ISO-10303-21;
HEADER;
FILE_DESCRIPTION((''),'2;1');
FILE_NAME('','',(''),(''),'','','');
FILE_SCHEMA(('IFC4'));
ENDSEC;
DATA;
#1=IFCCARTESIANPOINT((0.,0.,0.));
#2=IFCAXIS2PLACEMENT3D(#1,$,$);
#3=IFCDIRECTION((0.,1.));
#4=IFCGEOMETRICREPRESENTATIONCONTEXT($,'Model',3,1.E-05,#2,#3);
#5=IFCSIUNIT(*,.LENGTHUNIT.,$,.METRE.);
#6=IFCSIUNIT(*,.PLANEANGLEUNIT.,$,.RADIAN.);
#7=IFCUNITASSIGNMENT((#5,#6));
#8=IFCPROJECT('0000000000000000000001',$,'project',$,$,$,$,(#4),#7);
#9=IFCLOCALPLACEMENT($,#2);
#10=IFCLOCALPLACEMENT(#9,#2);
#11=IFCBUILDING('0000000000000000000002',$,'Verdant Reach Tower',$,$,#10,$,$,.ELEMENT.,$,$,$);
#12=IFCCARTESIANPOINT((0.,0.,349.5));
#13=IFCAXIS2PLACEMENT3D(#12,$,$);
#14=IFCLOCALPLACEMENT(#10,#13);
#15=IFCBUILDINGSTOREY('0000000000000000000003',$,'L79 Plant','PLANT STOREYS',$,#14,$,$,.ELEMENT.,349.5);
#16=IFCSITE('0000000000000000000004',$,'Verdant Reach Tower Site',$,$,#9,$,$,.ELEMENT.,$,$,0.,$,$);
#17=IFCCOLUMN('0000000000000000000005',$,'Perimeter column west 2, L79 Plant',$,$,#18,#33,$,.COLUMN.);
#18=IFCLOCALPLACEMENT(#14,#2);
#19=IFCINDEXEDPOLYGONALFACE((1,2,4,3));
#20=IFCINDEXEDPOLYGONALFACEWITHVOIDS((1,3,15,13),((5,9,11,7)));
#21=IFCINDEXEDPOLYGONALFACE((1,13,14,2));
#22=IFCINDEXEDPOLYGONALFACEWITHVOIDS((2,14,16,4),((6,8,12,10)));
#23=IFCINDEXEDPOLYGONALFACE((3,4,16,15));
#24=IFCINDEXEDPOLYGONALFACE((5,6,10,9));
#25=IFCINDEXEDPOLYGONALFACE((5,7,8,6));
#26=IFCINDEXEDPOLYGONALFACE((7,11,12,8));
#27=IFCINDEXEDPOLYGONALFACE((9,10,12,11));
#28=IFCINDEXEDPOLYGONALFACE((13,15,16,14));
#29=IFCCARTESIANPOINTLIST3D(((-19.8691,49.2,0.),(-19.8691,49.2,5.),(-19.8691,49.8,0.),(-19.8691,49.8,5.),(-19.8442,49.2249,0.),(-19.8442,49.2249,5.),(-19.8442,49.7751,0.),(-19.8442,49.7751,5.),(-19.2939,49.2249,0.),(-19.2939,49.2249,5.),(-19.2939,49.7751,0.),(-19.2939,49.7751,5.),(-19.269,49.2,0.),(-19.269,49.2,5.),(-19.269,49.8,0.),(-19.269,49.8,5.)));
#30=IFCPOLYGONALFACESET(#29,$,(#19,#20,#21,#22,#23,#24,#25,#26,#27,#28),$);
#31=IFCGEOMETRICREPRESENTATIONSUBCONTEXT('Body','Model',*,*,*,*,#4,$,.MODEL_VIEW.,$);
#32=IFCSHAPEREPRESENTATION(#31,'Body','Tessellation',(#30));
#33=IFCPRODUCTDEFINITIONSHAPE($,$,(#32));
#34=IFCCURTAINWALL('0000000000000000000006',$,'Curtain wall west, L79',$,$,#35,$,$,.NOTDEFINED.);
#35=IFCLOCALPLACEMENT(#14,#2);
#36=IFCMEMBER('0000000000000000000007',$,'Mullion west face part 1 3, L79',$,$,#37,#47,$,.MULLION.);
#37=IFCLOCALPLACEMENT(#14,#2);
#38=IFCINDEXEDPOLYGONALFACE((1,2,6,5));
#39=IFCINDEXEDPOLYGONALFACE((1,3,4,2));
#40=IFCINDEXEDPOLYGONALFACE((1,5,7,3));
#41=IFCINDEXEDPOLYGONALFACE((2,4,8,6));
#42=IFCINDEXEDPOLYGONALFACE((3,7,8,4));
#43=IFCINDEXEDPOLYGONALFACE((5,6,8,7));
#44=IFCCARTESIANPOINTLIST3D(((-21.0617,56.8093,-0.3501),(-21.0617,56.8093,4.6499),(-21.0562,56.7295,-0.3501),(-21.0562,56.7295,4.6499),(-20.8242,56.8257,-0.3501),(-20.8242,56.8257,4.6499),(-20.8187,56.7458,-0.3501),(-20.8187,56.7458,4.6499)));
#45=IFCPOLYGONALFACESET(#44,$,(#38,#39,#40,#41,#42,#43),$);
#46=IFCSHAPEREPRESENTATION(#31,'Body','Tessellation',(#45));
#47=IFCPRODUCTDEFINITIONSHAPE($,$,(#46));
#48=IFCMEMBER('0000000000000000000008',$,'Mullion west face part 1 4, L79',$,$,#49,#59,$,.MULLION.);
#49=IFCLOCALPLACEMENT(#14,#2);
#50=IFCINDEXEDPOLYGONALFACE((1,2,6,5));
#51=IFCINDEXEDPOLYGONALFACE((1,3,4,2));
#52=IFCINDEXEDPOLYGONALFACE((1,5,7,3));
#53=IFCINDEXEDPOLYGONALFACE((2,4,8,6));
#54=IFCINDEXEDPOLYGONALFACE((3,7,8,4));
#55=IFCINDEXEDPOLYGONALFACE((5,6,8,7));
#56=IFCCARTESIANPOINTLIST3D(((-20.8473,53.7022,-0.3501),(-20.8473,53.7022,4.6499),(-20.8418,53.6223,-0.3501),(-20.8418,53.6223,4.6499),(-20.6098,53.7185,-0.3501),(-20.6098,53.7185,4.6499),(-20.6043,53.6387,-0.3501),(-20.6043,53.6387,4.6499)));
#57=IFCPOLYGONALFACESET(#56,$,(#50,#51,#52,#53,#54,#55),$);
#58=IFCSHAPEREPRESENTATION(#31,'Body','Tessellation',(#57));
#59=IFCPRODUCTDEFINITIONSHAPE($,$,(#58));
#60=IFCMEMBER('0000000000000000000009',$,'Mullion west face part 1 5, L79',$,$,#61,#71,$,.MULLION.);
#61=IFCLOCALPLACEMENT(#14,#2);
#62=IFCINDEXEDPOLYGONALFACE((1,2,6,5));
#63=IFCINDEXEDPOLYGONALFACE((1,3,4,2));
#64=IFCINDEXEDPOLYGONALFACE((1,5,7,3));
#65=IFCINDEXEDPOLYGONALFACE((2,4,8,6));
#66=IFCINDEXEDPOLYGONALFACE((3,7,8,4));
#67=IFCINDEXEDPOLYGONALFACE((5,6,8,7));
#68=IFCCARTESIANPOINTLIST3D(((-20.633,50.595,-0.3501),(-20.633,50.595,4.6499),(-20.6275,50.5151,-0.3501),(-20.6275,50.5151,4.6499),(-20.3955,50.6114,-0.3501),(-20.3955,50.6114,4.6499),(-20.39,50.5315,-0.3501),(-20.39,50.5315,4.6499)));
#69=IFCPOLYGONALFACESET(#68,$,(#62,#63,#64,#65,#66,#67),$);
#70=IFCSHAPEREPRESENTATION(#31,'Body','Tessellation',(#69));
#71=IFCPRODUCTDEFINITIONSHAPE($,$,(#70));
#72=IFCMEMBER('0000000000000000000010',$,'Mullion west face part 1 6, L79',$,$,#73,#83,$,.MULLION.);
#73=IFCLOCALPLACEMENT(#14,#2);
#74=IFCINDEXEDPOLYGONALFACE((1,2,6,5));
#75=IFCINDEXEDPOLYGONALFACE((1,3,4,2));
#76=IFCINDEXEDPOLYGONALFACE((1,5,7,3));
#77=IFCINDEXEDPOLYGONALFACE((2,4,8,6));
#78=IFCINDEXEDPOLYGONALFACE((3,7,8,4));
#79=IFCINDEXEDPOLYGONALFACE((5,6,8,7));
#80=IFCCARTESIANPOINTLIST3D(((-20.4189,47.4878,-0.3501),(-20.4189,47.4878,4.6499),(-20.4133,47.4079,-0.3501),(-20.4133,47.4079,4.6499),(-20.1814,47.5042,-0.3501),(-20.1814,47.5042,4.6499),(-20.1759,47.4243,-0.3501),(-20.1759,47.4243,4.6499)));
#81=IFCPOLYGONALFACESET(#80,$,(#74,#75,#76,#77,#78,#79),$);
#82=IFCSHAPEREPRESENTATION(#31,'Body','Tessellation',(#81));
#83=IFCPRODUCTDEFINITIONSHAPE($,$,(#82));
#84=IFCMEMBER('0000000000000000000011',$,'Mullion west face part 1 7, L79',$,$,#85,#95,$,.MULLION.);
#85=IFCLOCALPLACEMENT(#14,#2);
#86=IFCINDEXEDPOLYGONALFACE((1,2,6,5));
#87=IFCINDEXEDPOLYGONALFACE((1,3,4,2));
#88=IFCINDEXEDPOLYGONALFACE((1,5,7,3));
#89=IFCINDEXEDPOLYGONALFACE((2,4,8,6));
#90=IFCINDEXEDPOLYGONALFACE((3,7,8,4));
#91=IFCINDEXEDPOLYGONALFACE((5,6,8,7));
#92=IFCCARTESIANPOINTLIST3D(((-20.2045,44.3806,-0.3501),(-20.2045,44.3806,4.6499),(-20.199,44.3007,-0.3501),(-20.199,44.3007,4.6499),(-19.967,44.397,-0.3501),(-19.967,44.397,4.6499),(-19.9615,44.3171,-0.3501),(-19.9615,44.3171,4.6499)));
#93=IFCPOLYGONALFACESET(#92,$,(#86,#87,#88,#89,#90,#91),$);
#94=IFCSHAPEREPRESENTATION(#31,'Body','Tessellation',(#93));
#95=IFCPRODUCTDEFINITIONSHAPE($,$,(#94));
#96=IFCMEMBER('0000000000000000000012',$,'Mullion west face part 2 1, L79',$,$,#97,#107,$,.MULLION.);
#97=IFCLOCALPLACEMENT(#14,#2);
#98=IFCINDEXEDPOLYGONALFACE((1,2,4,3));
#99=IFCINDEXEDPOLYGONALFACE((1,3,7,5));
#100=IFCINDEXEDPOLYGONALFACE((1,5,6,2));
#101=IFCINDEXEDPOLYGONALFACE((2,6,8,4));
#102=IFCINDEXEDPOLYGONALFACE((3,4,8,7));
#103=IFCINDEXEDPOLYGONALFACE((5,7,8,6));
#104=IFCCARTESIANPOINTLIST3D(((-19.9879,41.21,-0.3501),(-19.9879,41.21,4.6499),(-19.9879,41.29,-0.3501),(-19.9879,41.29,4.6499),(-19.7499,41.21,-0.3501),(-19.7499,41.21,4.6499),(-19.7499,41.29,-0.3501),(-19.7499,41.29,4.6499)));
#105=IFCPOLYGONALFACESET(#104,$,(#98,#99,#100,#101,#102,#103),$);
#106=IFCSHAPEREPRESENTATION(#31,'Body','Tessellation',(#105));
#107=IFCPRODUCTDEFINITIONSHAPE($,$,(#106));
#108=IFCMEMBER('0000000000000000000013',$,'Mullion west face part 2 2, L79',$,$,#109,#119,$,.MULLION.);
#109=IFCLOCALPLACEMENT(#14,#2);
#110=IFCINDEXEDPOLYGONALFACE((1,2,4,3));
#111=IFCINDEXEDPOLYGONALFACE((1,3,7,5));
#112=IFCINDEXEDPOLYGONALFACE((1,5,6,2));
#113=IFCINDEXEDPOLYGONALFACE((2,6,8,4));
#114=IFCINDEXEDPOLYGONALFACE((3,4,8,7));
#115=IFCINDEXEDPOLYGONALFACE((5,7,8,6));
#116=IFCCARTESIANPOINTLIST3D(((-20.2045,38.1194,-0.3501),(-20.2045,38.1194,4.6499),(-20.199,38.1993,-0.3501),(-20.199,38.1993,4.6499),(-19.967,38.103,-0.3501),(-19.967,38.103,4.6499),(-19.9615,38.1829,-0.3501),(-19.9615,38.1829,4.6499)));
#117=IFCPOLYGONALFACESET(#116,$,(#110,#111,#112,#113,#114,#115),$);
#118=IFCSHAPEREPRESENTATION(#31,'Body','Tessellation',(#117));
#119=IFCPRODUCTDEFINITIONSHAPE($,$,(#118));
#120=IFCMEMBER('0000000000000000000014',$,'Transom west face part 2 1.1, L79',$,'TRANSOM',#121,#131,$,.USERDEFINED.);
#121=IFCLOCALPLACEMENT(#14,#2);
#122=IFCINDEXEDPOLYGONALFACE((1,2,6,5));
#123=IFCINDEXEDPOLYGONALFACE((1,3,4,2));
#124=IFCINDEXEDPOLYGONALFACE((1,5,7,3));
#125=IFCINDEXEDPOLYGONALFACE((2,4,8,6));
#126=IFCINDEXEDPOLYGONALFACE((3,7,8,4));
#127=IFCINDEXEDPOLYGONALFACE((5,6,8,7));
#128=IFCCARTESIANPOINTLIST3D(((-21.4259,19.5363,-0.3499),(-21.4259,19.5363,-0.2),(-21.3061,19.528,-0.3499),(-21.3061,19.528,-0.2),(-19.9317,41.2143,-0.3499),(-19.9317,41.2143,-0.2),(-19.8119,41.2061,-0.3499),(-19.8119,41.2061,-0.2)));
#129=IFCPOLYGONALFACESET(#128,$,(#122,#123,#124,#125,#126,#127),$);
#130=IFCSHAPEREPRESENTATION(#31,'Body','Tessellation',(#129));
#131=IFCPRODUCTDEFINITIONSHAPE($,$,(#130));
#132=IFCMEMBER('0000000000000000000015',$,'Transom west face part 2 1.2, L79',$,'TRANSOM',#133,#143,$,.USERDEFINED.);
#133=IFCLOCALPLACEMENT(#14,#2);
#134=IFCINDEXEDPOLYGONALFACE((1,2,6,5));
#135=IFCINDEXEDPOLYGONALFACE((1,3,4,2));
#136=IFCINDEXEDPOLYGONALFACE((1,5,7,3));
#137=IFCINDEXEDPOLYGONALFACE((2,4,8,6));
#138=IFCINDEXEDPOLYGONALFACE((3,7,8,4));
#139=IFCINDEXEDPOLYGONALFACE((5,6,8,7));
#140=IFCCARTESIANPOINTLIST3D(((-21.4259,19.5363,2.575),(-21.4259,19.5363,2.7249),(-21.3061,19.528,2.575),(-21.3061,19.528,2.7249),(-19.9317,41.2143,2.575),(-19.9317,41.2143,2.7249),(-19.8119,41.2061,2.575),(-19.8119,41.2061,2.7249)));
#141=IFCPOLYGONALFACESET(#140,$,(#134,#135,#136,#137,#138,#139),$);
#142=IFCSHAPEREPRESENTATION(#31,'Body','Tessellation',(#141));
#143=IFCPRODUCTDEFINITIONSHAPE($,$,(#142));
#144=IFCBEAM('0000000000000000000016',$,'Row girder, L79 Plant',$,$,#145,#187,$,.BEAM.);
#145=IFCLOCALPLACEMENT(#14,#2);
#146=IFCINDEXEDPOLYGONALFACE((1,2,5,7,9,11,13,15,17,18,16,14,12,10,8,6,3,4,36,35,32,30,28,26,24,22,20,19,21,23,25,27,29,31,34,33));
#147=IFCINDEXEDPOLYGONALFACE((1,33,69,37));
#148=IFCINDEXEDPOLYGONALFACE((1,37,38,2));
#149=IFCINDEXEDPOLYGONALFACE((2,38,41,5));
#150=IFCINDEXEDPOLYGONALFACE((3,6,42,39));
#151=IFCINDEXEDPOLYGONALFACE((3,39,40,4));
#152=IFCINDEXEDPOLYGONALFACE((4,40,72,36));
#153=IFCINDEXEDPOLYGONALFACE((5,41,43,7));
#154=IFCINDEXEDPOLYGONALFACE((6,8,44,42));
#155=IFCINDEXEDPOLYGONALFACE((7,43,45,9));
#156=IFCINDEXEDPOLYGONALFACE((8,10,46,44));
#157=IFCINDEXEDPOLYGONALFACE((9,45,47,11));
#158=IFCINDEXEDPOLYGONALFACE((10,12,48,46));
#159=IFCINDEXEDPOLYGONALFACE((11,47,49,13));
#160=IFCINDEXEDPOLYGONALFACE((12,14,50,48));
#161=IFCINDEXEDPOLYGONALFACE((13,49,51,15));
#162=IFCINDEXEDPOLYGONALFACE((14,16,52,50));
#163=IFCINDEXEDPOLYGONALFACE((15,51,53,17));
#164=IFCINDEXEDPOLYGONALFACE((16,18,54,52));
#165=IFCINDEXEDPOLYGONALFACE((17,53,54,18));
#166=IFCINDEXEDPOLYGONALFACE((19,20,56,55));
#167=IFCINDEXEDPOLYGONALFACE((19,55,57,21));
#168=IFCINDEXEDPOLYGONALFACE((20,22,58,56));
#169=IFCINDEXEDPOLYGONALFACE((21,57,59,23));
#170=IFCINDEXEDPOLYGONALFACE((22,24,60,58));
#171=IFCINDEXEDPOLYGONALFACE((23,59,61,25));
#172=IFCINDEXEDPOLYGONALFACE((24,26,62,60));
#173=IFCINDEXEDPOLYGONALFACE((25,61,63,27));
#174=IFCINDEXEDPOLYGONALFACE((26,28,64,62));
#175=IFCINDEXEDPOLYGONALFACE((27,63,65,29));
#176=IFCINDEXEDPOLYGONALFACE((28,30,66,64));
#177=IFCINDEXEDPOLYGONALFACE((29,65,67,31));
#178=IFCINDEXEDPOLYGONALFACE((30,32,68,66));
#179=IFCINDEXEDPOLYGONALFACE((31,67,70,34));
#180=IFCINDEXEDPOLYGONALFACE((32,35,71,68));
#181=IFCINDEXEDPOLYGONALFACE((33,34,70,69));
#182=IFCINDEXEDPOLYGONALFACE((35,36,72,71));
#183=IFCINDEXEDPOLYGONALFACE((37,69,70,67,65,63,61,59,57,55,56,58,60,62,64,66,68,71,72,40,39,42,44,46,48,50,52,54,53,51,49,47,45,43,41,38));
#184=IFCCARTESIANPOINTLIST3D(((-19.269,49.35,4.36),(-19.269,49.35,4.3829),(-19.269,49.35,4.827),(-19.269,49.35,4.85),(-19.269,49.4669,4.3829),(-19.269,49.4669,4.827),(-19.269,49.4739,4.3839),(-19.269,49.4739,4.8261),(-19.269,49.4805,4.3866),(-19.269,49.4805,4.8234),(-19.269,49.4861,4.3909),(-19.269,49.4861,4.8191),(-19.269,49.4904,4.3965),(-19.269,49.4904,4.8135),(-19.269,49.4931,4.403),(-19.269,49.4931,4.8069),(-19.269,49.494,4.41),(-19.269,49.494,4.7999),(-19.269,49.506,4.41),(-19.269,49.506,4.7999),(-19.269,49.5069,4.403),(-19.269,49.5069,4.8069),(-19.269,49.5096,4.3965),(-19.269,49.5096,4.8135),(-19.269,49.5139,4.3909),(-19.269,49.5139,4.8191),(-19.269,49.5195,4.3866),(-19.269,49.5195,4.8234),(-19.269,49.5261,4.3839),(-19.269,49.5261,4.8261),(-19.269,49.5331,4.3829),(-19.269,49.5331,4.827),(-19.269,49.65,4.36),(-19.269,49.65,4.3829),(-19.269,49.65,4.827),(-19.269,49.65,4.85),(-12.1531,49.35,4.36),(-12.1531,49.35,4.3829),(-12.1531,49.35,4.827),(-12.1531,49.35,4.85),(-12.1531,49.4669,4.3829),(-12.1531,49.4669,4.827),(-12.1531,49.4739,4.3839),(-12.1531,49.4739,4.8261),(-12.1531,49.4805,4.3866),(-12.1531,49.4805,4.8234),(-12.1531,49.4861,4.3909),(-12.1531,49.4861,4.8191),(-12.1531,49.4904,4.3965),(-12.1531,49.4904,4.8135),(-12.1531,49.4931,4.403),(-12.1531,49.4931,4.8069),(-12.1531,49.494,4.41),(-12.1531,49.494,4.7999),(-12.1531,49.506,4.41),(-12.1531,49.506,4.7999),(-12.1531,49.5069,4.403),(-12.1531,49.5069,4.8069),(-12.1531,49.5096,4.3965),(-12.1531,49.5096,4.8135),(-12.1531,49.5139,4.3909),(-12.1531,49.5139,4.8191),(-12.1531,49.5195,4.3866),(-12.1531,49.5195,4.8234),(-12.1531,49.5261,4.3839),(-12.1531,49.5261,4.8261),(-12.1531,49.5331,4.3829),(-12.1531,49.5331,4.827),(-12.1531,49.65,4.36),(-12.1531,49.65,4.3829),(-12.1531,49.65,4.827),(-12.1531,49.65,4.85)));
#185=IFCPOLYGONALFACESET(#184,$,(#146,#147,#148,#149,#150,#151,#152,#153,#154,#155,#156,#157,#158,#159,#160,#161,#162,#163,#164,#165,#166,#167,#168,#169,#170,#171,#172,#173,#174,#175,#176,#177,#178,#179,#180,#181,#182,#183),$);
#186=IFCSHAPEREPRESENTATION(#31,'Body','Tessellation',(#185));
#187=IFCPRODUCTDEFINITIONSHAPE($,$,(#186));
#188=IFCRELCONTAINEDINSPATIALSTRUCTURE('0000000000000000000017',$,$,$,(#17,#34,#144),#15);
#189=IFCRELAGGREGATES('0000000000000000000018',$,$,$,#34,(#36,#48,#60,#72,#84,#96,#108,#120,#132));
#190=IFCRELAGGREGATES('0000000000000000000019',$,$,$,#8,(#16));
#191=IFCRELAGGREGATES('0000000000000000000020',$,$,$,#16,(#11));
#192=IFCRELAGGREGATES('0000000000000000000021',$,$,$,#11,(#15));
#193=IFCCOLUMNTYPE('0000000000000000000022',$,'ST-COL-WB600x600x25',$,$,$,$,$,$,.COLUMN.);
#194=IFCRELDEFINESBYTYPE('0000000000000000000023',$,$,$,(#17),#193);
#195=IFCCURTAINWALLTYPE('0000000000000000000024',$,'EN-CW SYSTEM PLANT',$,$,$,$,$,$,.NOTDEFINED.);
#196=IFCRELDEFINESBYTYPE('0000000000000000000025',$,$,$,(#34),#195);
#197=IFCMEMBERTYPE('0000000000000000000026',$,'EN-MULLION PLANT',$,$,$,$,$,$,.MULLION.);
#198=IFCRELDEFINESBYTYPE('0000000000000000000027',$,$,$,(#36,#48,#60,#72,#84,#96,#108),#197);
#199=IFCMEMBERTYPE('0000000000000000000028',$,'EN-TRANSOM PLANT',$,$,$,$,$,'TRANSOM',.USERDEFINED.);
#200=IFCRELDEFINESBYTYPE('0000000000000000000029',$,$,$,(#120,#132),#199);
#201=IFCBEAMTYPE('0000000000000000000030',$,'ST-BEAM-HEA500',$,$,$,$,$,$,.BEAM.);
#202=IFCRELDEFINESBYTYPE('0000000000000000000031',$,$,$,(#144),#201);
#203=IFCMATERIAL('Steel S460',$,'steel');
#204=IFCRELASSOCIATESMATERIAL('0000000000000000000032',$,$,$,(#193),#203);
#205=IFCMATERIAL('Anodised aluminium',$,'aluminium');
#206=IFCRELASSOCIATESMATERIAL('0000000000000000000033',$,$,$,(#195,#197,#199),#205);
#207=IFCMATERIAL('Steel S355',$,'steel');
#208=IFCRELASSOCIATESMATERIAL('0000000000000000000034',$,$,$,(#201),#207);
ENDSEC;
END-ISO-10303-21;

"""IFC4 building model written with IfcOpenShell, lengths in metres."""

from ifc_helpers import new_model, si_unit, direction, frame, origin, origin_2d, place, context, subcontext, project, spatial, rectangle, hollow_rectangle, i_section, extrude, material, material_profile, profile_set, type_object, element, aggregate, save


model = new_model("IFC4")

# Units and contexts
model_context = context("Model", 3, precision=1e-05, world=origin(), true_north=direction((0.0, 1.0)))
body_context = subcontext(model_context, "Body", "Model", "MODEL_VIEW")
ifc_project = project(units=[si_unit("LENGTHUNIT", "METRE"), si_unit("PLANEANGLEUNIT", "RADIAN")], contexts=[model_context])

# Site, building, storey
site_placement = place(None, origin())
site = spatial("IfcSite", under=ifc_project, at=site_placement, Name="Verdant Reach Tower Site", CompositionType="ELEMENT", RefElevation=0.0)
building_placement = place(site_placement, origin())
building = spatial("IfcBuilding", under=site, at=building_placement, Name="Verdant Reach Tower", CompositionType="ELEMENT")
storey_placement = place(building_placement, frame((0.0, 0.0, 349.5)))
storey = spatial("IfcBuildingStorey", under=building, at=storey_placement, Name="L79 Plant", Description="PLANT STOREYS", CompositionType="ELEMENT", Elevation=349.5)

# Column
ifc_material_1 = material(Name="Steel S460", Category="steel")
ifc_material_profile_1 = material_profile(ifc_material_1, hollow_rectangle(XDim=0.6001, YDim=0.6001, WallThickness=0.0249, at=origin_2d()), Name="WB 600x600x25")
ifc_profile_set_1 = profile_set([ifc_material_profile_1], Name="Steel S460")
column_type = type_object("IfcColumnType", Name="ST-COL-WB600x600x25", PredefinedType="COLUMN", material=ifc_profile_set_1)
column_placement = place(storey_placement, frame((-19.5691, 49.5, 0.0), z_axis=(0.0, 0.0, 1.0), x_axis=(1.0, 0.0, 0.0)))
element("IfcColumn", 1, at=column_placement, inside=storey, type_object=column_type, Name="Perimeter column west 2, L79 Plant", PredefinedType="COLUMN", context=body_context, shape_type="SweptSolid", body=[
    extrude(hollow_rectangle(XDim=0.6001, YDim=0.6001, WallThickness=0.0249, at=origin_2d()), origin(), (0.0, 0.0, 1.0), 5.0),
])

# Curtain wall, members
ifc_material_2 = material(Name="Anodised aluminium", Category="aluminium")
curtain_wall_type = type_object("IfcCurtainWallType", Name="EN-CW SYSTEM PLANT", PredefinedType="NOTDEFINED", material=ifc_material_2)
curtain_wall_placement = place(storey_placement, origin())
curtain_wall = element("IfcCurtainWall", 2, at=curtain_wall_placement, inside=storey, type_object=curtain_wall_type, Name="Curtain wall west, L79", PredefinedType="NOTDEFINED")
ifc_material_profile_2 = material_profile(ifc_material_2, rectangle(XDim=0.238, YDim=0.0801, at=origin_2d()), Name="Mullion 80x240")
ifc_profile_set_2 = profile_set([ifc_material_profile_2], Name="Anodised aluminium")
member_type_1 = type_object("IfcMemberType", Name="EN-MULLION PLANT", PredefinedType="MULLION", material=ifc_profile_set_2)
member_1_placement = place(storey_placement, frame((-20.9402, 56.7776, -0.3501), z_axis=(0.0, 0.0, 1.0), x_axis=(-0.99763, -0.068802, 0.0)))
member_1 = element("IfcMember", 3, at=member_1_placement, type_object=member_type_1, Name="Mullion west face part 1 3, L79", PredefinedType="MULLION", context=body_context, shape_type="SweptSolid", body=[
    extrude(rectangle(XDim=0.238, YDim=0.0801, at=origin_2d()), origin(), (0.0, 0.0, 1.0), 5.0),
])
member_2_placement = place(storey_placement, frame((-20.7258, 53.6704, -0.3501), z_axis=(0.0, 0.0, 1.0), x_axis=(-0.99763, -0.068802, 0.0)))
member_2 = element("IfcMember", 4, at=member_2_placement, type_object=member_type_1, Name="Mullion west face part 1 4, L79", PredefinedType="MULLION", context=body_context, shape_type="SweptSolid", body=[
    extrude(rectangle(XDim=0.238, YDim=0.0801, at=origin_2d()), origin(), (0.0, 0.0, 1.0), 5.0),
])
member_3_placement = place(storey_placement, frame((-20.5115, 50.5632, -0.3501), z_axis=(0.0, 0.0, 1.0), x_axis=(-0.99763, -0.068802, 0.0)))
member_3 = element("IfcMember", 5, at=member_3_placement, type_object=member_type_1, Name="Mullion west face part 1 5, L79", PredefinedType="MULLION", context=body_context, shape_type="SweptSolid", body=[
    extrude(rectangle(XDim=0.238, YDim=0.0801, at=origin_2d()), origin(), (0.0, 0.0, 1.0), 5.0),
])
member_4_placement = place(storey_placement, frame((-20.2974, 47.4561, -0.3501), z_axis=(0.0, 0.0, 1.0), x_axis=(-0.99763, -0.068802, 0.0)))
member_4 = element("IfcMember", 6, at=member_4_placement, type_object=member_type_1, Name="Mullion west face part 1 6, L79", PredefinedType="MULLION", context=body_context, shape_type="SweptSolid", body=[
    extrude(rectangle(XDim=0.238, YDim=0.0801, at=origin_2d()), origin(), (0.0, 0.0, 1.0), 5.0),
])
member_5_placement = place(storey_placement, frame((-20.083, 44.3489, -0.3501), z_axis=(0.0, 0.0, 1.0), x_axis=(-0.99763, -0.068802, 0.0)))
member_5 = element("IfcMember", 7, at=member_5_placement, type_object=member_type_1, Name="Mullion west face part 1 7, L79", PredefinedType="MULLION", context=body_context, shape_type="SweptSolid", body=[
    extrude(rectangle(XDim=0.238, YDim=0.0801, at=origin_2d()), origin(), (0.0, 0.0, 1.0), 5.0),
])
member_6_placement = place(storey_placement, frame((-19.8689, 41.25, -0.3501), z_axis=(0.0, 0.0, 1.0), x_axis=(-1.0, 0.0, 0.0)))
member_6 = element("IfcMember", 8, at=member_6_placement, type_object=member_type_1, Name="Mullion west face part 2 1, L79", PredefinedType="MULLION", context=body_context, shape_type="SweptSolid", body=[
    extrude(rectangle(XDim=0.238, YDim=0.0801, at=origin_2d()), origin(), (0.0, 0.0, 1.0), 5.0),
])
member_7_placement = place(storey_placement, frame((-20.083, 38.1511, -0.3501), z_axis=(0.0, 0.0, 1.0), x_axis=(-0.99763, 0.068802, 0.0)))
member_7 = element("IfcMember", 9, at=member_7_placement, type_object=member_type_1, Name="Mullion west face part 2 2, L79", PredefinedType="MULLION", context=body_context, shape_type="SweptSolid", body=[
    extrude(rectangle(XDim=0.238, YDim=0.0801, at=origin_2d()), origin(), (0.0, 0.0, 1.0), 5.0),
])
ifc_material_profile_3 = material_profile(ifc_material_2, rectangle(XDim=0.1201, YDim=0.1499, at=origin_2d()), Name="Transom 150x120")
ifc_profile_set_3 = profile_set([ifc_material_profile_3], Name="Anodised aluminium")
member_type_2 = type_object("IfcMemberType", Name="EN-TRANSOM PLANT", ElementType="TRANSOM", PredefinedType="USERDEFINED", material=ifc_profile_set_3)
member_8_placement = place(storey_placement, frame((-19.8718, 41.2102, -0.2749), z_axis=(-0.068761, -0.997633, 0.0), x_axis=(0.997633, -0.068761, 0.0)))
member_8 = element("IfcMember", 10, at=member_8_placement, type_object=member_type_2, Name="Transom west face part 2 1.1, L79", ObjectType="TRANSOM", PredefinedType="USERDEFINED", context=body_context, shape_type="SweptSolid", body=[
    extrude(rectangle(XDim=0.1201, YDim=0.1499, at=origin_2d()), origin(), (0.0, 0.0, 1.0), 21.7295),
])
member_9_placement = place(storey_placement, frame((-19.8718, 41.2102, 2.6499), z_axis=(-0.068761, -0.997633, 0.0), x_axis=(0.997633, -0.068761, 0.0)))
member_9 = element("IfcMember", 11, at=member_9_placement, type_object=member_type_2, Name="Transom west face part 2 1.2, L79", ObjectType="TRANSOM", PredefinedType="USERDEFINED", context=body_context, shape_type="SweptSolid", body=[
    extrude(rectangle(XDim=0.1201, YDim=0.1499, at=origin_2d()), origin(), (0.0, 0.0, 1.0), 21.7295),
])

# Beam
ifc_material_3 = material(Name="Steel S355", Category="steel")
ifc_material_profile_4 = material_profile(ifc_material_3, i_section(OverallWidth=0.3, OverallDepth=0.49, WebThickness=0.012, FlangeThickness=0.0229, FilletRadius=0.0271, at=origin_2d()), Name="HEA 500")
ifc_profile_set_4 = profile_set([ifc_material_profile_4], Name="Steel S355")
beam_type = type_object("IfcBeamType", Name="ST-BEAM-HEA500", PredefinedType="BEAM", material=ifc_profile_set_4)
beam_placement = place(storey_placement, frame((-19.269, 49.5, 4.605), z_axis=(1.0, 0.0, 0.0), x_axis=(0.0, 1.0, 0.0)))
element("IfcBeam", 12, at=beam_placement, inside=storey, type_object=beam_type, Name="Row girder, L79 Plant", PredefinedType="BEAM", context=body_context, shape_type="SweptSolid", body=[
    extrude(i_section(OverallWidth=0.3, OverallDepth=0.49, WebThickness=0.012, FlangeThickness=0.0229, FilletRadius=0.0271, at=origin_2d()), origin(), (0.0, 0.0, 1.0), 7.116),
])

aggregate(curtain_wall, [member_1, member_2, member_3, member_4, member_5, member_6, member_7, member_8, member_9])

save(model, "model.ifc")
